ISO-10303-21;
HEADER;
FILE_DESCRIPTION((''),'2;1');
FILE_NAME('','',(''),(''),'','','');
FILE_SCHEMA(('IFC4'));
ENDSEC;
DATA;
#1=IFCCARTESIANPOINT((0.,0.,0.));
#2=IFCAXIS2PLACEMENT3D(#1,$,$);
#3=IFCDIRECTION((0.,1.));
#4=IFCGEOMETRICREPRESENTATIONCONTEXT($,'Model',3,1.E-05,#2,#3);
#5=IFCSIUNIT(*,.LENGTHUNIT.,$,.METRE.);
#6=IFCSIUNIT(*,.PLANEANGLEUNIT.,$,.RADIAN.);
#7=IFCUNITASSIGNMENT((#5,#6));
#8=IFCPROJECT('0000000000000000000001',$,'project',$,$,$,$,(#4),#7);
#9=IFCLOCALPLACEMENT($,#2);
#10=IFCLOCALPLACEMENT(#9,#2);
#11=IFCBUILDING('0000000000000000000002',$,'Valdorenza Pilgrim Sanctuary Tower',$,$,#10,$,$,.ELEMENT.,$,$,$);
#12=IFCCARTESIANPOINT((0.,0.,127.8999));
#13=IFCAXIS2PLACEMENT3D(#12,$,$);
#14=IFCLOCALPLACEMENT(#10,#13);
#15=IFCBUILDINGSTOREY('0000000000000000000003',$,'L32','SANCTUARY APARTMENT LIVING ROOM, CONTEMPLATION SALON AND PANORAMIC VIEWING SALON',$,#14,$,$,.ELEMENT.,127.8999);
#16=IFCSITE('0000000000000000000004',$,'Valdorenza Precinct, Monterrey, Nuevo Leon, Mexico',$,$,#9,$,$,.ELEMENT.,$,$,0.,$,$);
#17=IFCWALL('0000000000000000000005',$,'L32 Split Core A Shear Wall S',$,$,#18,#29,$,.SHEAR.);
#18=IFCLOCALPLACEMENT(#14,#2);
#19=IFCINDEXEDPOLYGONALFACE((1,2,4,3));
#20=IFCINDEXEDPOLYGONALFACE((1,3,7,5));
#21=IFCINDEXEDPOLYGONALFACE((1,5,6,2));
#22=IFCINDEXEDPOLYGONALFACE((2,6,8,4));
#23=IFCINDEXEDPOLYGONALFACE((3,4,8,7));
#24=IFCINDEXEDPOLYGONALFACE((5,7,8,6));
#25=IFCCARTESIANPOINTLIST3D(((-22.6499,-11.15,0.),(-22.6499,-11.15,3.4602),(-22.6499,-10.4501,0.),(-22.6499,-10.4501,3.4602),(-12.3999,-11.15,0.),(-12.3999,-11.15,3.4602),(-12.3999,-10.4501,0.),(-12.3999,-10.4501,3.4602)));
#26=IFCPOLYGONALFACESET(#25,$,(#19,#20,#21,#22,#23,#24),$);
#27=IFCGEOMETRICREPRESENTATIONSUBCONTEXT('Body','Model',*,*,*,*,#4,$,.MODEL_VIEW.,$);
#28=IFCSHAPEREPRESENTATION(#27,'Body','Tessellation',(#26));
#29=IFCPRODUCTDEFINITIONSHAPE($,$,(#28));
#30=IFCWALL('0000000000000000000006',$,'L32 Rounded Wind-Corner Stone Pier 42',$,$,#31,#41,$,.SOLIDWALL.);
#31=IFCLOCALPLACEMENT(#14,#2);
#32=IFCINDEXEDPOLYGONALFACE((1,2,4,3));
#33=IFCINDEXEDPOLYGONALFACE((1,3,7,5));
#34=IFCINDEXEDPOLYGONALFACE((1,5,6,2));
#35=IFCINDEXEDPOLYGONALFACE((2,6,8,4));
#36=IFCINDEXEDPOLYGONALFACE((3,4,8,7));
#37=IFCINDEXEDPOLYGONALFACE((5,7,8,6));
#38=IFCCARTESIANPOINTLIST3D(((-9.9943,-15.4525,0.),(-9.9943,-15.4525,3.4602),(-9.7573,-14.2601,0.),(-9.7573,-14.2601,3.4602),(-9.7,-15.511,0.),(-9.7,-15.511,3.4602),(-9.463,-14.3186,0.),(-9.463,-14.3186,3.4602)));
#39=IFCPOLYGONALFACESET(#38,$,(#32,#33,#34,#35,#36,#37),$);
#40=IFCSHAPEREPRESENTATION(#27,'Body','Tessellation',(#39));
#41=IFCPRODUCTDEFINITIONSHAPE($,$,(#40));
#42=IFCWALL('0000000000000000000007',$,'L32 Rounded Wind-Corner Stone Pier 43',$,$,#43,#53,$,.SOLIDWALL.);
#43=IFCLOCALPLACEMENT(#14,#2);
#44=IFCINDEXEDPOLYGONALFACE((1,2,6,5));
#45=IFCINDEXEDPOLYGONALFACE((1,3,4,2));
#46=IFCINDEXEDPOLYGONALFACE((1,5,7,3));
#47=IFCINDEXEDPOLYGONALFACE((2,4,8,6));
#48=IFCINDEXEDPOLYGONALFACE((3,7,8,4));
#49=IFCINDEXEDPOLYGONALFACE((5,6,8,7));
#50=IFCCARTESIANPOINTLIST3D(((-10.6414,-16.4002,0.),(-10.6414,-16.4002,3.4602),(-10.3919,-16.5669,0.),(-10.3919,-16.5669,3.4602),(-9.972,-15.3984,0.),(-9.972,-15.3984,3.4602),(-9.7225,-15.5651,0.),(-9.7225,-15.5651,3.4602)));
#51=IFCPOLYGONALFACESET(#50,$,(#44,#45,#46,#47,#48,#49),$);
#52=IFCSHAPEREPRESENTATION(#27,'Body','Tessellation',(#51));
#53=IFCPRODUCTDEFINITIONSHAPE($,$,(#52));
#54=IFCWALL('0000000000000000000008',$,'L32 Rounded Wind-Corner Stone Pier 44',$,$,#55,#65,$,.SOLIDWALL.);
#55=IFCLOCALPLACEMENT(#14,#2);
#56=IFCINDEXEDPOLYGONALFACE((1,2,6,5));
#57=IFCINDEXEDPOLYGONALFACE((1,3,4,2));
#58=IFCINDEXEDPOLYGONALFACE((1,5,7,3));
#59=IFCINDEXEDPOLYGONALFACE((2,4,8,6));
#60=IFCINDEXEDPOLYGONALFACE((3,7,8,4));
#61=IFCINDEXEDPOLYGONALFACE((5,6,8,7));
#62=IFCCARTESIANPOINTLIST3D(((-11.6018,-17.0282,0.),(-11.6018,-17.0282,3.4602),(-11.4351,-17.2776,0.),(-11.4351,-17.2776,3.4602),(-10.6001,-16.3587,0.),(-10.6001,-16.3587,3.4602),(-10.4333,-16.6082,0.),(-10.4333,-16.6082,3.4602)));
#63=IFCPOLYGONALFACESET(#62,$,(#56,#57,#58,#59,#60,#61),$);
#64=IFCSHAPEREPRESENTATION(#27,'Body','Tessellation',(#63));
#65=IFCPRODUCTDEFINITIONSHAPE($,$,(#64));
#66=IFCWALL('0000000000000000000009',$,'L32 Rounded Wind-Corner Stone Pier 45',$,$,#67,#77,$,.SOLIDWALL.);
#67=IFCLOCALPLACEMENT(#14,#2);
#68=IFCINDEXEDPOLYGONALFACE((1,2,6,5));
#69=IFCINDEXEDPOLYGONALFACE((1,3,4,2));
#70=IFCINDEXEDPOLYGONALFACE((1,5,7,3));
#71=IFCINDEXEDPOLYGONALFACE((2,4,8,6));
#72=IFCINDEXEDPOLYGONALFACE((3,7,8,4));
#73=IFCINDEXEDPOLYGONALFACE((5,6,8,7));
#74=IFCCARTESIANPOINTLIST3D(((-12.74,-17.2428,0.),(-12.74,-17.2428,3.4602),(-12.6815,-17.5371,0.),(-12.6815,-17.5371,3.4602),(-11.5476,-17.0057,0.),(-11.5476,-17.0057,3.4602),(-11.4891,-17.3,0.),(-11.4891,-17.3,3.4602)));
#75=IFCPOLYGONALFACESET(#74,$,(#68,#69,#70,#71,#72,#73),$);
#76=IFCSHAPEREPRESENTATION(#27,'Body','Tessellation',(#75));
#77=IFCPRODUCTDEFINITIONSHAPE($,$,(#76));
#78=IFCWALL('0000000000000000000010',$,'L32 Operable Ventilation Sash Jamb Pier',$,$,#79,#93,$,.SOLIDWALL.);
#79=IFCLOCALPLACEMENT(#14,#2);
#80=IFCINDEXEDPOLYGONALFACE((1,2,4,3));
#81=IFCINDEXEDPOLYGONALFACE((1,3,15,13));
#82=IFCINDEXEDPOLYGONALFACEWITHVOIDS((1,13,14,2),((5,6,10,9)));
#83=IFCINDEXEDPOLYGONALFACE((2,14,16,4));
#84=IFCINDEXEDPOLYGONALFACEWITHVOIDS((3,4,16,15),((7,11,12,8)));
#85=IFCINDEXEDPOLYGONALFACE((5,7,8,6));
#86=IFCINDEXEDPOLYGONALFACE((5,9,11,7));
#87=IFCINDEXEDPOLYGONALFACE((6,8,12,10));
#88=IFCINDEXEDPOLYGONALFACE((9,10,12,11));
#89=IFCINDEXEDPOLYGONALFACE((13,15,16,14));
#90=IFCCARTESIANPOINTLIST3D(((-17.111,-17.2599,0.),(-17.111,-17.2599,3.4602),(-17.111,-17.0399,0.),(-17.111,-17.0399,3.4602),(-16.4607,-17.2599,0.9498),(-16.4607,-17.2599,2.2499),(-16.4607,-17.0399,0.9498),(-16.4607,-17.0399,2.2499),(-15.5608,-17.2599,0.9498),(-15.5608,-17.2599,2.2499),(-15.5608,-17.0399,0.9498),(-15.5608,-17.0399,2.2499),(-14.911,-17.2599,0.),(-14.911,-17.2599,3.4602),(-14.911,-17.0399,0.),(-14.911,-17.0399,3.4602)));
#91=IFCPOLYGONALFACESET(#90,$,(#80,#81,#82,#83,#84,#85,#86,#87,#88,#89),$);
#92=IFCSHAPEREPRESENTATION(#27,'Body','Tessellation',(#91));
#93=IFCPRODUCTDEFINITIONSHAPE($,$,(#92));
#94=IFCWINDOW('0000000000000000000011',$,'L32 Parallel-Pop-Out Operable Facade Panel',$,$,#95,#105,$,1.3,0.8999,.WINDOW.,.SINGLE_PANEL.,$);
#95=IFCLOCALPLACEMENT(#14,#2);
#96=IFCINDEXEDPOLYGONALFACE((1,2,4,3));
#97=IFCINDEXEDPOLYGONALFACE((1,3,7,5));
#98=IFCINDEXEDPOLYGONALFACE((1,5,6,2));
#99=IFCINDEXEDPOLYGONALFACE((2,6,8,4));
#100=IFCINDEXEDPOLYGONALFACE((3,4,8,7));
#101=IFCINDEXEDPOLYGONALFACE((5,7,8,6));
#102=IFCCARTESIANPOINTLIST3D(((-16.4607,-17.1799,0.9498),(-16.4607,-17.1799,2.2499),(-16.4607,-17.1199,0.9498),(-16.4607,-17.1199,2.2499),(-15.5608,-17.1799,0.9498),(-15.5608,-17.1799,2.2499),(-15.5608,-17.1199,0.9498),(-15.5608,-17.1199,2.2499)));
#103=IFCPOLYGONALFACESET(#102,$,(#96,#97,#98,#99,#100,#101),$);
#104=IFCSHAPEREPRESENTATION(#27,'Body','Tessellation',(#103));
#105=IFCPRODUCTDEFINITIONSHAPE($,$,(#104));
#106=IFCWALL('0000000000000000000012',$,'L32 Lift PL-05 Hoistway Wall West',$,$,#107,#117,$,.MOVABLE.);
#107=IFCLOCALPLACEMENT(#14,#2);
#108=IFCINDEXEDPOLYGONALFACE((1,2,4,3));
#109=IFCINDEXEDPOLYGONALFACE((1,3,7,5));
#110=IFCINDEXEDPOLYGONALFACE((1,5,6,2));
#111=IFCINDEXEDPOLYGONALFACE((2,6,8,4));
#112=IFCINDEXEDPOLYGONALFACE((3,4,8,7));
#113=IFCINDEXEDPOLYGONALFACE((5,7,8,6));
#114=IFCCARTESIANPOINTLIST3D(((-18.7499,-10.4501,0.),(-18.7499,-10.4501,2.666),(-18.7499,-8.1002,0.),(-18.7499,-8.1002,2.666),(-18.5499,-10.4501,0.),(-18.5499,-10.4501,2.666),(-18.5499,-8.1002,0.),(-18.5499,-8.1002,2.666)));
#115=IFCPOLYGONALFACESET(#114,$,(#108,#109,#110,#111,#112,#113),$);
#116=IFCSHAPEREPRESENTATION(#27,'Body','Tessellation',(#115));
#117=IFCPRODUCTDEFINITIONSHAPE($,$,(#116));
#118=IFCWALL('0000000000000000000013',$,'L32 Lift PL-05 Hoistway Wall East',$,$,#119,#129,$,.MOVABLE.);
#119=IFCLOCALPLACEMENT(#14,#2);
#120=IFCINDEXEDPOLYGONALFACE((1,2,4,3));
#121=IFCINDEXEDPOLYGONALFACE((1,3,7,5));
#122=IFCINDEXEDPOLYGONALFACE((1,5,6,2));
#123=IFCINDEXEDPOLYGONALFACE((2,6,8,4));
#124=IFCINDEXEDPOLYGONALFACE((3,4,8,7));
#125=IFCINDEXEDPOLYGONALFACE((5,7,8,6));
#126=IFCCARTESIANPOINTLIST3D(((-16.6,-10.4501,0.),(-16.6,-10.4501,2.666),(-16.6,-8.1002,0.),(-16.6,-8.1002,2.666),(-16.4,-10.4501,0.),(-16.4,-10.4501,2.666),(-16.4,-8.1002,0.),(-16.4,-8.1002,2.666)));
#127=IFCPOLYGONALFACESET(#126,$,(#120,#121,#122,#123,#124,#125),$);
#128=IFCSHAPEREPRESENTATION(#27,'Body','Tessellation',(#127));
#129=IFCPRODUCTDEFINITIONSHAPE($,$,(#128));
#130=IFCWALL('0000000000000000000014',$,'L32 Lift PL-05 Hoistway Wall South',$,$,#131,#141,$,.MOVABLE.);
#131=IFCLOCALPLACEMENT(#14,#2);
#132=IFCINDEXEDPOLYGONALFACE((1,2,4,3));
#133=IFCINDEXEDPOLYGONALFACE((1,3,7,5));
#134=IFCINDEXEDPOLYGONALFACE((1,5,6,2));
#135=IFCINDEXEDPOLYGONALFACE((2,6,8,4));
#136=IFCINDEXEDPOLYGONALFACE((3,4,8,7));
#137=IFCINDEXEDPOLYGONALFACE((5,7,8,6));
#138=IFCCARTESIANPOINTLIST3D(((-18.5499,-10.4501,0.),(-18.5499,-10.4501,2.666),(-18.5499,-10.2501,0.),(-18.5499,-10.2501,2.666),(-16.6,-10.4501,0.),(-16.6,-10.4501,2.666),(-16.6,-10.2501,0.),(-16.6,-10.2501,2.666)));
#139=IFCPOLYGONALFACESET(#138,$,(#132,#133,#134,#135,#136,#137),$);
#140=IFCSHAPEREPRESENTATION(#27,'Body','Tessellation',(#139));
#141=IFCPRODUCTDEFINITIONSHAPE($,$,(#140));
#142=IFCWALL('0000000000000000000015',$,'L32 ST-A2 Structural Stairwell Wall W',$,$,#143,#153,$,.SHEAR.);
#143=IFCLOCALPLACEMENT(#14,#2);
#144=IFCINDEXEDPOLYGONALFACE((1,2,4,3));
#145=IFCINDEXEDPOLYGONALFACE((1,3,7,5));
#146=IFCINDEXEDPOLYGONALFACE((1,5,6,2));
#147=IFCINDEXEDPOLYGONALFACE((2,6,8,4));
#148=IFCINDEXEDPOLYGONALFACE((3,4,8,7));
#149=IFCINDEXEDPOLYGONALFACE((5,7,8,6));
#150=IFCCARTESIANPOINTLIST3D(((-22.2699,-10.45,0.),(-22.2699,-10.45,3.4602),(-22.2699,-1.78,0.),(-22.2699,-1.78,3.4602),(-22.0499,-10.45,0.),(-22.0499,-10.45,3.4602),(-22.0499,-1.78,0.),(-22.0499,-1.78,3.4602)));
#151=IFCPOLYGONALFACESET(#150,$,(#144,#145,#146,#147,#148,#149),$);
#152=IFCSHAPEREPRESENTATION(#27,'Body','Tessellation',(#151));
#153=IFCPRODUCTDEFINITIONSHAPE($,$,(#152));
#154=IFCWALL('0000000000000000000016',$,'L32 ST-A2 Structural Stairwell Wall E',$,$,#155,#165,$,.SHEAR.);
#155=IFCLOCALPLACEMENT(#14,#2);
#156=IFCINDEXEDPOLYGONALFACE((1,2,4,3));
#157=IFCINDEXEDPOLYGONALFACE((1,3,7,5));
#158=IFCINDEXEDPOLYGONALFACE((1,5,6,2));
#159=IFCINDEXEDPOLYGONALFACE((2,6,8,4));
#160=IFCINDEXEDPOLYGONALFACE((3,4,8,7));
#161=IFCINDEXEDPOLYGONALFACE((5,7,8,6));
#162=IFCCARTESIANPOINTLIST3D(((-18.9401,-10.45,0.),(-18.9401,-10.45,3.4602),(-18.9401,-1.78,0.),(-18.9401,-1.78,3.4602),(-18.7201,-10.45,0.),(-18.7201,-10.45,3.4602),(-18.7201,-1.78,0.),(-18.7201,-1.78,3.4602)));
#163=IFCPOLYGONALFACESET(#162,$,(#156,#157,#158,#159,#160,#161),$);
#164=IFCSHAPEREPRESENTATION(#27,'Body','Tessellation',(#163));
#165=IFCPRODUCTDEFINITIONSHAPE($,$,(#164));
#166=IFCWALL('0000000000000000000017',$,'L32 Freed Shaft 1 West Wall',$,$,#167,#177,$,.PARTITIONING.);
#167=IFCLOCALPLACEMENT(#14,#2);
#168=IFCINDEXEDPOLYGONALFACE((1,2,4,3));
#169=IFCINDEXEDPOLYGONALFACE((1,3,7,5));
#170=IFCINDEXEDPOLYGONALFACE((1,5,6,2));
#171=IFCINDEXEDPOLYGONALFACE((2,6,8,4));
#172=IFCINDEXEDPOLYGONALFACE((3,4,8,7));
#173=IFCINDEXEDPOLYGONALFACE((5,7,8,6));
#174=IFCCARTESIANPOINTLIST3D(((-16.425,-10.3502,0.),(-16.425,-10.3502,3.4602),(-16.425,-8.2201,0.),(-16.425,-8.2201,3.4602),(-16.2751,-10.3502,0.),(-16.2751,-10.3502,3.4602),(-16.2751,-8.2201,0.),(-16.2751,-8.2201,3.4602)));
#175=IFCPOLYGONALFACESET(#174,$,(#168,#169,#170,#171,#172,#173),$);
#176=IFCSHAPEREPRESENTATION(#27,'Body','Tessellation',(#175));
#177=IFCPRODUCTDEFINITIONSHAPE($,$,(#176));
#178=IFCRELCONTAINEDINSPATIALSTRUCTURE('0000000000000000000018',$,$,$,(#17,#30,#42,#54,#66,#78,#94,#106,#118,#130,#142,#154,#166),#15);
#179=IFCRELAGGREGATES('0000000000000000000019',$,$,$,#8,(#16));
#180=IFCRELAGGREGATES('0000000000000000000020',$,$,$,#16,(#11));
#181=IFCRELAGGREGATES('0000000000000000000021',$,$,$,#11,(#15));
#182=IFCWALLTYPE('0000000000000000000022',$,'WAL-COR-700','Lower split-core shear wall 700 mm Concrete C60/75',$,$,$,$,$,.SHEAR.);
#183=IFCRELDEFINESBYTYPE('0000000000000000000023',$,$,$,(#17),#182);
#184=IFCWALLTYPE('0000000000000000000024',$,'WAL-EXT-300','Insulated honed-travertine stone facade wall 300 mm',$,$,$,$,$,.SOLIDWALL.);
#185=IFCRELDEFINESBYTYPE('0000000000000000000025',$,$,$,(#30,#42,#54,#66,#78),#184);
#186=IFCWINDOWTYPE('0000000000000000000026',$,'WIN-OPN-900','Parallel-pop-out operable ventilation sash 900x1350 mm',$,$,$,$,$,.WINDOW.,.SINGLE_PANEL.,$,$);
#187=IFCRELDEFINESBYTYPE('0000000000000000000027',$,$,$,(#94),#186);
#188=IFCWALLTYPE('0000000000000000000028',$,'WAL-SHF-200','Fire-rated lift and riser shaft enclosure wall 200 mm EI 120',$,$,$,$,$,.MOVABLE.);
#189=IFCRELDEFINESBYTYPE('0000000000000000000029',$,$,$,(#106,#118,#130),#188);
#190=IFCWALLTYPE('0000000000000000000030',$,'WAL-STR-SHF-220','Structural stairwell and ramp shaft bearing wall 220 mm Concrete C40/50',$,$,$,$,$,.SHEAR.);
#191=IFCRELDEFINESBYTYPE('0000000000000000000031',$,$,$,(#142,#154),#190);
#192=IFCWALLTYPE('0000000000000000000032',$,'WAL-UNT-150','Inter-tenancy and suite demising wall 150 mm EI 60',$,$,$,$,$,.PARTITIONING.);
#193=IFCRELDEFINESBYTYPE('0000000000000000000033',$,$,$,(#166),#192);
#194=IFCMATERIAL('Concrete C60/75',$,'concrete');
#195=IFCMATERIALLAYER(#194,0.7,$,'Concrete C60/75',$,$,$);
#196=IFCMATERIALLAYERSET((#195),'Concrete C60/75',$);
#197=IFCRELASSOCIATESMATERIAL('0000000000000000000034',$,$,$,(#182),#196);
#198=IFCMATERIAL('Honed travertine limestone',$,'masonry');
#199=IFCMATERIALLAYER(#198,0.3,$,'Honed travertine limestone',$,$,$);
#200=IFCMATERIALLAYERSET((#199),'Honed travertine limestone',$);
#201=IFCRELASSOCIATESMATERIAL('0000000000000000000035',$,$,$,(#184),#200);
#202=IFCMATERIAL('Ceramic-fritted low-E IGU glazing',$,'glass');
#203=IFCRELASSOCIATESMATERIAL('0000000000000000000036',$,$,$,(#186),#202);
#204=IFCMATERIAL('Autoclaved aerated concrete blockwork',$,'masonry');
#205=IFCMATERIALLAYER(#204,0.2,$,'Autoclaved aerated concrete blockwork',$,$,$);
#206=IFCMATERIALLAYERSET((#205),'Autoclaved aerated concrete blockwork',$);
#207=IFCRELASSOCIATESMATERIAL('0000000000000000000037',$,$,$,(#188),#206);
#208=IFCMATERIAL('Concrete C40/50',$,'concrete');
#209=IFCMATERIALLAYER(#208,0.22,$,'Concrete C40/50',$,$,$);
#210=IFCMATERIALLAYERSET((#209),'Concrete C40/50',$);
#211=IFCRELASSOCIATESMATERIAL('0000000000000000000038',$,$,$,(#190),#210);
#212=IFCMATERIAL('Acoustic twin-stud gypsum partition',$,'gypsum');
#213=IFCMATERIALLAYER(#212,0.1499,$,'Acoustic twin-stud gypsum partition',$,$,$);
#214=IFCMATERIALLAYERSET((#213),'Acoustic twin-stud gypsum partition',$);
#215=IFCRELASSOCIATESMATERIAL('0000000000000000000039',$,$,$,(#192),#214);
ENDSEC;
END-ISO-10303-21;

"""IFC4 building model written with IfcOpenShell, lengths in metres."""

from ifc_helpers import new_model, si_unit, direction, frame, frame_2d, origin, place, context, subcontext, project, spatial, rectangle, extrude, material, layer, layer_set, type_object, element, fill, save


model = new_model("IFC4")

# Units and contexts
model_context = context("Model", 3, precision=1e-05, world=origin(), true_north=direction((0.0, 1.0)))
body_context = subcontext(model_context, "Body", "Model", "MODEL_VIEW")
ifc_project = project(units=[si_unit("LENGTHUNIT", "METRE"), si_unit("PLANEANGLEUNIT", "RADIAN")], contexts=[model_context])

# Site, building, storey
site_placement = place(None, origin())
site = spatial("IfcSite", under=ifc_project, at=site_placement, Name="Valdorenza Precinct, Monterrey, Nuevo Leon, Mexico", CompositionType="ELEMENT", RefElevation=0.0)
building_placement = place(site_placement, origin())
building = spatial("IfcBuilding", under=site, at=building_placement, Name="Valdorenza Pilgrim Sanctuary Tower", CompositionType="ELEMENT")
storey_placement = place(building_placement, frame((0.0, 0.0, 127.8999)))
storey = spatial("IfcBuildingStorey", under=building, at=storey_placement, Name="L32", Description="SANCTUARY APARTMENT LIVING ROOM, CONTEMPLATION SALON AND PANORAMIC VIEWING SALON", CompositionType="ELEMENT", Elevation=127.8999)

# Shared definitions
ifc_material_1 = material(Name="Concrete C60/75", Category="concrete")

# Shared definitions
ifc_material_2 = material(Name="Honed travertine limestone", Category="masonry")
ifc_material_3 = material(Name="Ceramic-fritted low-E IGU glazing", Category="glass")

# Walls
ifc_material_4 = material(Name="Acoustic twin-stud gypsum partition", Category="gypsum")
ifc_layer_1 = layer(ifc_material_1, 0.7, Name="Concrete C60/75")
ifc_layer_set_1 = layer_set([ifc_layer_1], Name="Concrete C60/75")
wall_type_1 = type_object("IfcWallType", Name="WAL-COR-700", Description="Lower split-core shear wall 700 mm Concrete C60/75", PredefinedType="SHEAR", material=ifc_layer_set_1)
wall_1_placement = place(storey_placement, frame((-22.6499, -10.8, 0.0), z_axis=(0.0, 0.0, 1.0), x_axis=(1.0, 0.0, 0.0)))
element("IfcWall", 1, at=wall_1_placement, inside=storey, type_object=wall_type_1, Name="L32 Split Core A Shear Wall S", PredefinedType="SHEAR", context=body_context, shape_type="SweptSolid", body=[
    extrude(rectangle(XDim=10.25, YDim=0.7, at=frame_2d((5.125, 0.0))), origin(), (0.0, 0.0, 1.0), 3.4602),
])
ifc_layer_2 = layer(ifc_material_2, 0.3, Name="Honed travertine limestone")
ifc_layer_set_2 = layer_set([ifc_layer_2], Name="Honed travertine limestone")
wall_type_2 = type_object("IfcWallType", Name="WAL-EXT-300", Description="Insulated honed-travertine stone facade wall 300 mm", PredefinedType="SOLIDWALL", material=ifc_layer_set_2)
wall_2_placement = place(storey_placement, frame((-9.6101, -14.2893, 0.0), z_axis=(0.0, 0.0, 1.0), x_axis=(-0.194996, -0.980804, 0.0)))
element("IfcWall", 2, at=wall_2_placement, inside=storey, type_object=wall_type_2, Name="L32 Rounded Wind-Corner Stone Pier 42", PredefinedType="SOLIDWALL", context=body_context, shape_type="SweptSolid", body=[
    extrude(rectangle(XDim=1.2158, YDim=0.3, at=frame_2d((0.6079, 0.0))), origin(), (0.0, 0.0, 1.0), 3.4602),
])
for number, where, z_axis, x_axis, name in (
    (3, (-9.8472, -15.4817, 0.0), (0.0, 0.0, 1.0), (-0.555635, -0.831426, 0.0), "L32 Rounded Wind-Corner Stone Pier 43"),
    (4, (-10.5166, -16.4834, 0.0), (0.0, 0.0, 1.0), (-0.831426, -0.555635, 0.0), "L32 Rounded Wind-Corner Stone Pier 44"),
):
    element("IfcWall", number, at=place(storey_placement, frame(where, z_axis=z_axis, x_axis=x_axis)), inside=storey, type_object=wall_type_2, Name=name, PredefinedType="SOLIDWALL", context=body_context, shape_type="SweptSolid", body=[
        extrude(rectangle(XDim=1.2048, YDim=0.3, at=frame_2d((0.6025, 0.0))), origin(), (0.0, 0.0, 1.0), 3.4602),
    ])
wall_3_placement = place(storey_placement, frame((-11.5183, -17.1528, 0.0), z_axis=(0.0, 0.0, 1.0), x_axis=(-0.980804, -0.194996, 0.0)))
element("IfcWall", 5, at=wall_3_placement, inside=storey, type_object=wall_type_2, Name="L32 Rounded Wind-Corner Stone Pier 45", PredefinedType="SOLIDWALL", context=body_context, shape_type="SweptSolid", body=[
    extrude(rectangle(XDim=1.2158, YDim=0.3, at=frame_2d((0.6079, 0.0))), origin(), (0.0, 0.0, 1.0), 3.4602),
])

# Wall, opening, window
wall_4_placement = place(storey_placement, frame((-14.9109, -17.1499, 0.0), z_axis=(0.0, 0.0, 1.0), x_axis=(-1.0, 0.0, 0.0)))
wall_4 = element("IfcWall", 6, at=wall_4_placement, inside=storey, type_object=wall_type_2, Name="L32 Operable Ventilation Sash Jamb Pier", PredefinedType="SOLIDWALL", context=body_context, shape_type="SweptSolid", body=[
    extrude(rectangle(XDim=2.2, YDim=0.22, at=frame_2d((1.1001, 0.0))), origin(), (0.0, 0.0, 1.0), 3.4602),
])
opening_placement = place(wall_4_placement, frame((0.6499, 0.0, 0.95)))
opening = element("IfcOpeningElement", 7, at=opening_placement, cuts=wall_4, PredefinedType="OPENING", context=body_context, shape_type="SweptSolid", body=[
    extrude(rectangle(XDim=0.8999, YDim=1.3, at=frame_2d((0.45, 0.6499))), frame((0.0, 0.125, 0.0), z_axis=(0.0, -1.0, 0.0), x_axis=(1.0, 0.0, 0.0)), (0.0, 0.0, 1.0), 0.2498),
])
window_type = type_object("IfcWindowType", Name="WIN-OPN-900", Description="Parallel-pop-out operable ventilation sash 900x1350 mm", PartitioningType="SINGLE_PANEL", PredefinedType="WINDOW", material=ifc_material_3)
window_placement = place(opening_placement, origin())
window = element("IfcWindow", 8, at=window_placement, inside=storey, type_object=window_type, Name="L32 Parallel-Pop-Out Operable Facade Panel", OverallHeight=1.3, OverallWidth=0.8999, PartitioningType="SINGLE_PANEL", PredefinedType="WINDOW", context=body_context, shape_type="SweptSolid", body=[
    extrude(rectangle(XDim=0.8999, YDim=1.3, at=frame_2d((0.45, 0.6499))), frame((0.0, 0.03, 0.0), z_axis=(0.0, -1.0, 0.0), x_axis=(1.0, 0.0, 0.0)), (0.0, 0.0, 1.0), 0.0601),
])
fill(opening, window)

# Walls
ifc_material_5 = material(Name="Autoclaved aerated concrete blockwork", Category="masonry")
ifc_layer_3 = layer(ifc_material_5, 0.2, Name="Autoclaved aerated concrete blockwork")
ifc_layer_set_3 = layer_set([ifc_layer_3], Name="Autoclaved aerated concrete blockwork")
wall_type_3 = type_object("IfcWallType", Name="WAL-SHF-200", Description="Fire-rated lift and riser shaft enclosure wall 200 mm EI 120", PredefinedType="MOVABLE", material=ifc_layer_set_3)
for number, where, z_axis, x_axis, name in (
    (9, (-18.6499, -10.45, 0.0), (0.0, 0.0, 1.0), (0.0, 1.0, 0.0), "L32 Lift PL-05 Hoistway Wall West"),
    (10, (-16.5, -10.45, 0.0), (0.0, 0.0, 1.0), (0.0, 1.0, 0.0), "L32 Lift PL-05 Hoistway Wall East"),
):
    element("IfcWall", number, at=place(storey_placement, frame(where, z_axis=z_axis, x_axis=x_axis)), inside=storey, type_object=wall_type_3, Name=name, PredefinedType="MOVABLE", context=body_context, shape_type="SweptSolid", body=[
        extrude(rectangle(XDim=2.3499, YDim=0.2, at=frame_2d((1.1748, 0.0))), origin(), (0.0, 0.0, 1.0), 2.666),
    ])
wall_5_placement = place(storey_placement, frame((-18.55, -10.3501, 0.0), z_axis=(0.0, 0.0, 1.0), x_axis=(1.0, 0.0, 0.0)))
element("IfcWall", 11, at=wall_5_placement, inside=storey, type_object=wall_type_3, Name="L32 Lift PL-05 Hoistway Wall South", PredefinedType="MOVABLE", context=body_context, shape_type="SweptSolid", body=[
    extrude(rectangle(XDim=1.95, YDim=0.2, at=frame_2d((0.9751, 0.0))), origin(), (0.0, 0.0, 1.0), 2.666),
])
ifc_material_6 = material(Name="Concrete C40/50", Category="concrete")
ifc_layer_4 = layer(ifc_material_6, 0.22, Name="Concrete C40/50")
ifc_layer_set_4 = layer_set([ifc_layer_4], Name="Concrete C40/50")
wall_type_4 = type_object("IfcWallType", Name="WAL-STR-SHF-220", Description="Structural stairwell and ramp shaft bearing wall 220 mm Concrete C40/50", PredefinedType="SHEAR", material=ifc_layer_set_4)
for number, where, z_axis, x_axis, name in (
    (12, (-22.1599, -10.45, 0.0), (0.0, 0.0, 1.0), (0.0, 1.0, 0.0), "L32 ST-A2 Structural Stairwell Wall W"),
    (13, (-18.8301, -10.45, 0.0), (0.0, 0.0, 1.0), (0.0, 1.0, 0.0), "L32 ST-A2 Structural Stairwell Wall E"),
):
    element("IfcWall", number, at=place(storey_placement, frame(where, z_axis=z_axis, x_axis=x_axis)), inside=storey, type_object=wall_type_4, Name=name, PredefinedType="SHEAR", context=body_context, shape_type="SweptSolid", body=[
        extrude(rectangle(XDim=8.6699, YDim=0.22, at=frame_2d((4.335, 0.0))), origin(), (0.0, 0.0, 1.0), 3.4602),
    ])
ifc_layer_5 = layer(ifc_material_4, 0.1499, Name="Acoustic twin-stud gypsum partition")
ifc_layer_set_5 = layer_set([ifc_layer_5], Name="Acoustic twin-stud gypsum partition")
wall_type_5 = type_object("IfcWallType", Name="WAL-UNT-150", Description="Inter-tenancy and suite demising wall 150 mm EI 60", PredefinedType="PARTITIONING", material=ifc_layer_set_5)
wall_6_placement = place(storey_placement, frame((-16.3501, -10.3501, 0.0), z_axis=(0.0, 0.0, 1.0), x_axis=(0.0, 1.0, 0.0)))
element("IfcWall", 14, at=wall_6_placement, inside=storey, type_object=wall_type_5, Name="L32 Freed Shaft 1 West Wall", PredefinedType="PARTITIONING", context=body_context, shape_type="SweptSolid", body=[
    extrude(rectangle(XDim=2.1301, YDim=0.1499, at=frame_2d((1.0649, 0.0))), origin(), (0.0, 0.0, 1.0), 3.4602),
])

save(model, "model.ifc")
